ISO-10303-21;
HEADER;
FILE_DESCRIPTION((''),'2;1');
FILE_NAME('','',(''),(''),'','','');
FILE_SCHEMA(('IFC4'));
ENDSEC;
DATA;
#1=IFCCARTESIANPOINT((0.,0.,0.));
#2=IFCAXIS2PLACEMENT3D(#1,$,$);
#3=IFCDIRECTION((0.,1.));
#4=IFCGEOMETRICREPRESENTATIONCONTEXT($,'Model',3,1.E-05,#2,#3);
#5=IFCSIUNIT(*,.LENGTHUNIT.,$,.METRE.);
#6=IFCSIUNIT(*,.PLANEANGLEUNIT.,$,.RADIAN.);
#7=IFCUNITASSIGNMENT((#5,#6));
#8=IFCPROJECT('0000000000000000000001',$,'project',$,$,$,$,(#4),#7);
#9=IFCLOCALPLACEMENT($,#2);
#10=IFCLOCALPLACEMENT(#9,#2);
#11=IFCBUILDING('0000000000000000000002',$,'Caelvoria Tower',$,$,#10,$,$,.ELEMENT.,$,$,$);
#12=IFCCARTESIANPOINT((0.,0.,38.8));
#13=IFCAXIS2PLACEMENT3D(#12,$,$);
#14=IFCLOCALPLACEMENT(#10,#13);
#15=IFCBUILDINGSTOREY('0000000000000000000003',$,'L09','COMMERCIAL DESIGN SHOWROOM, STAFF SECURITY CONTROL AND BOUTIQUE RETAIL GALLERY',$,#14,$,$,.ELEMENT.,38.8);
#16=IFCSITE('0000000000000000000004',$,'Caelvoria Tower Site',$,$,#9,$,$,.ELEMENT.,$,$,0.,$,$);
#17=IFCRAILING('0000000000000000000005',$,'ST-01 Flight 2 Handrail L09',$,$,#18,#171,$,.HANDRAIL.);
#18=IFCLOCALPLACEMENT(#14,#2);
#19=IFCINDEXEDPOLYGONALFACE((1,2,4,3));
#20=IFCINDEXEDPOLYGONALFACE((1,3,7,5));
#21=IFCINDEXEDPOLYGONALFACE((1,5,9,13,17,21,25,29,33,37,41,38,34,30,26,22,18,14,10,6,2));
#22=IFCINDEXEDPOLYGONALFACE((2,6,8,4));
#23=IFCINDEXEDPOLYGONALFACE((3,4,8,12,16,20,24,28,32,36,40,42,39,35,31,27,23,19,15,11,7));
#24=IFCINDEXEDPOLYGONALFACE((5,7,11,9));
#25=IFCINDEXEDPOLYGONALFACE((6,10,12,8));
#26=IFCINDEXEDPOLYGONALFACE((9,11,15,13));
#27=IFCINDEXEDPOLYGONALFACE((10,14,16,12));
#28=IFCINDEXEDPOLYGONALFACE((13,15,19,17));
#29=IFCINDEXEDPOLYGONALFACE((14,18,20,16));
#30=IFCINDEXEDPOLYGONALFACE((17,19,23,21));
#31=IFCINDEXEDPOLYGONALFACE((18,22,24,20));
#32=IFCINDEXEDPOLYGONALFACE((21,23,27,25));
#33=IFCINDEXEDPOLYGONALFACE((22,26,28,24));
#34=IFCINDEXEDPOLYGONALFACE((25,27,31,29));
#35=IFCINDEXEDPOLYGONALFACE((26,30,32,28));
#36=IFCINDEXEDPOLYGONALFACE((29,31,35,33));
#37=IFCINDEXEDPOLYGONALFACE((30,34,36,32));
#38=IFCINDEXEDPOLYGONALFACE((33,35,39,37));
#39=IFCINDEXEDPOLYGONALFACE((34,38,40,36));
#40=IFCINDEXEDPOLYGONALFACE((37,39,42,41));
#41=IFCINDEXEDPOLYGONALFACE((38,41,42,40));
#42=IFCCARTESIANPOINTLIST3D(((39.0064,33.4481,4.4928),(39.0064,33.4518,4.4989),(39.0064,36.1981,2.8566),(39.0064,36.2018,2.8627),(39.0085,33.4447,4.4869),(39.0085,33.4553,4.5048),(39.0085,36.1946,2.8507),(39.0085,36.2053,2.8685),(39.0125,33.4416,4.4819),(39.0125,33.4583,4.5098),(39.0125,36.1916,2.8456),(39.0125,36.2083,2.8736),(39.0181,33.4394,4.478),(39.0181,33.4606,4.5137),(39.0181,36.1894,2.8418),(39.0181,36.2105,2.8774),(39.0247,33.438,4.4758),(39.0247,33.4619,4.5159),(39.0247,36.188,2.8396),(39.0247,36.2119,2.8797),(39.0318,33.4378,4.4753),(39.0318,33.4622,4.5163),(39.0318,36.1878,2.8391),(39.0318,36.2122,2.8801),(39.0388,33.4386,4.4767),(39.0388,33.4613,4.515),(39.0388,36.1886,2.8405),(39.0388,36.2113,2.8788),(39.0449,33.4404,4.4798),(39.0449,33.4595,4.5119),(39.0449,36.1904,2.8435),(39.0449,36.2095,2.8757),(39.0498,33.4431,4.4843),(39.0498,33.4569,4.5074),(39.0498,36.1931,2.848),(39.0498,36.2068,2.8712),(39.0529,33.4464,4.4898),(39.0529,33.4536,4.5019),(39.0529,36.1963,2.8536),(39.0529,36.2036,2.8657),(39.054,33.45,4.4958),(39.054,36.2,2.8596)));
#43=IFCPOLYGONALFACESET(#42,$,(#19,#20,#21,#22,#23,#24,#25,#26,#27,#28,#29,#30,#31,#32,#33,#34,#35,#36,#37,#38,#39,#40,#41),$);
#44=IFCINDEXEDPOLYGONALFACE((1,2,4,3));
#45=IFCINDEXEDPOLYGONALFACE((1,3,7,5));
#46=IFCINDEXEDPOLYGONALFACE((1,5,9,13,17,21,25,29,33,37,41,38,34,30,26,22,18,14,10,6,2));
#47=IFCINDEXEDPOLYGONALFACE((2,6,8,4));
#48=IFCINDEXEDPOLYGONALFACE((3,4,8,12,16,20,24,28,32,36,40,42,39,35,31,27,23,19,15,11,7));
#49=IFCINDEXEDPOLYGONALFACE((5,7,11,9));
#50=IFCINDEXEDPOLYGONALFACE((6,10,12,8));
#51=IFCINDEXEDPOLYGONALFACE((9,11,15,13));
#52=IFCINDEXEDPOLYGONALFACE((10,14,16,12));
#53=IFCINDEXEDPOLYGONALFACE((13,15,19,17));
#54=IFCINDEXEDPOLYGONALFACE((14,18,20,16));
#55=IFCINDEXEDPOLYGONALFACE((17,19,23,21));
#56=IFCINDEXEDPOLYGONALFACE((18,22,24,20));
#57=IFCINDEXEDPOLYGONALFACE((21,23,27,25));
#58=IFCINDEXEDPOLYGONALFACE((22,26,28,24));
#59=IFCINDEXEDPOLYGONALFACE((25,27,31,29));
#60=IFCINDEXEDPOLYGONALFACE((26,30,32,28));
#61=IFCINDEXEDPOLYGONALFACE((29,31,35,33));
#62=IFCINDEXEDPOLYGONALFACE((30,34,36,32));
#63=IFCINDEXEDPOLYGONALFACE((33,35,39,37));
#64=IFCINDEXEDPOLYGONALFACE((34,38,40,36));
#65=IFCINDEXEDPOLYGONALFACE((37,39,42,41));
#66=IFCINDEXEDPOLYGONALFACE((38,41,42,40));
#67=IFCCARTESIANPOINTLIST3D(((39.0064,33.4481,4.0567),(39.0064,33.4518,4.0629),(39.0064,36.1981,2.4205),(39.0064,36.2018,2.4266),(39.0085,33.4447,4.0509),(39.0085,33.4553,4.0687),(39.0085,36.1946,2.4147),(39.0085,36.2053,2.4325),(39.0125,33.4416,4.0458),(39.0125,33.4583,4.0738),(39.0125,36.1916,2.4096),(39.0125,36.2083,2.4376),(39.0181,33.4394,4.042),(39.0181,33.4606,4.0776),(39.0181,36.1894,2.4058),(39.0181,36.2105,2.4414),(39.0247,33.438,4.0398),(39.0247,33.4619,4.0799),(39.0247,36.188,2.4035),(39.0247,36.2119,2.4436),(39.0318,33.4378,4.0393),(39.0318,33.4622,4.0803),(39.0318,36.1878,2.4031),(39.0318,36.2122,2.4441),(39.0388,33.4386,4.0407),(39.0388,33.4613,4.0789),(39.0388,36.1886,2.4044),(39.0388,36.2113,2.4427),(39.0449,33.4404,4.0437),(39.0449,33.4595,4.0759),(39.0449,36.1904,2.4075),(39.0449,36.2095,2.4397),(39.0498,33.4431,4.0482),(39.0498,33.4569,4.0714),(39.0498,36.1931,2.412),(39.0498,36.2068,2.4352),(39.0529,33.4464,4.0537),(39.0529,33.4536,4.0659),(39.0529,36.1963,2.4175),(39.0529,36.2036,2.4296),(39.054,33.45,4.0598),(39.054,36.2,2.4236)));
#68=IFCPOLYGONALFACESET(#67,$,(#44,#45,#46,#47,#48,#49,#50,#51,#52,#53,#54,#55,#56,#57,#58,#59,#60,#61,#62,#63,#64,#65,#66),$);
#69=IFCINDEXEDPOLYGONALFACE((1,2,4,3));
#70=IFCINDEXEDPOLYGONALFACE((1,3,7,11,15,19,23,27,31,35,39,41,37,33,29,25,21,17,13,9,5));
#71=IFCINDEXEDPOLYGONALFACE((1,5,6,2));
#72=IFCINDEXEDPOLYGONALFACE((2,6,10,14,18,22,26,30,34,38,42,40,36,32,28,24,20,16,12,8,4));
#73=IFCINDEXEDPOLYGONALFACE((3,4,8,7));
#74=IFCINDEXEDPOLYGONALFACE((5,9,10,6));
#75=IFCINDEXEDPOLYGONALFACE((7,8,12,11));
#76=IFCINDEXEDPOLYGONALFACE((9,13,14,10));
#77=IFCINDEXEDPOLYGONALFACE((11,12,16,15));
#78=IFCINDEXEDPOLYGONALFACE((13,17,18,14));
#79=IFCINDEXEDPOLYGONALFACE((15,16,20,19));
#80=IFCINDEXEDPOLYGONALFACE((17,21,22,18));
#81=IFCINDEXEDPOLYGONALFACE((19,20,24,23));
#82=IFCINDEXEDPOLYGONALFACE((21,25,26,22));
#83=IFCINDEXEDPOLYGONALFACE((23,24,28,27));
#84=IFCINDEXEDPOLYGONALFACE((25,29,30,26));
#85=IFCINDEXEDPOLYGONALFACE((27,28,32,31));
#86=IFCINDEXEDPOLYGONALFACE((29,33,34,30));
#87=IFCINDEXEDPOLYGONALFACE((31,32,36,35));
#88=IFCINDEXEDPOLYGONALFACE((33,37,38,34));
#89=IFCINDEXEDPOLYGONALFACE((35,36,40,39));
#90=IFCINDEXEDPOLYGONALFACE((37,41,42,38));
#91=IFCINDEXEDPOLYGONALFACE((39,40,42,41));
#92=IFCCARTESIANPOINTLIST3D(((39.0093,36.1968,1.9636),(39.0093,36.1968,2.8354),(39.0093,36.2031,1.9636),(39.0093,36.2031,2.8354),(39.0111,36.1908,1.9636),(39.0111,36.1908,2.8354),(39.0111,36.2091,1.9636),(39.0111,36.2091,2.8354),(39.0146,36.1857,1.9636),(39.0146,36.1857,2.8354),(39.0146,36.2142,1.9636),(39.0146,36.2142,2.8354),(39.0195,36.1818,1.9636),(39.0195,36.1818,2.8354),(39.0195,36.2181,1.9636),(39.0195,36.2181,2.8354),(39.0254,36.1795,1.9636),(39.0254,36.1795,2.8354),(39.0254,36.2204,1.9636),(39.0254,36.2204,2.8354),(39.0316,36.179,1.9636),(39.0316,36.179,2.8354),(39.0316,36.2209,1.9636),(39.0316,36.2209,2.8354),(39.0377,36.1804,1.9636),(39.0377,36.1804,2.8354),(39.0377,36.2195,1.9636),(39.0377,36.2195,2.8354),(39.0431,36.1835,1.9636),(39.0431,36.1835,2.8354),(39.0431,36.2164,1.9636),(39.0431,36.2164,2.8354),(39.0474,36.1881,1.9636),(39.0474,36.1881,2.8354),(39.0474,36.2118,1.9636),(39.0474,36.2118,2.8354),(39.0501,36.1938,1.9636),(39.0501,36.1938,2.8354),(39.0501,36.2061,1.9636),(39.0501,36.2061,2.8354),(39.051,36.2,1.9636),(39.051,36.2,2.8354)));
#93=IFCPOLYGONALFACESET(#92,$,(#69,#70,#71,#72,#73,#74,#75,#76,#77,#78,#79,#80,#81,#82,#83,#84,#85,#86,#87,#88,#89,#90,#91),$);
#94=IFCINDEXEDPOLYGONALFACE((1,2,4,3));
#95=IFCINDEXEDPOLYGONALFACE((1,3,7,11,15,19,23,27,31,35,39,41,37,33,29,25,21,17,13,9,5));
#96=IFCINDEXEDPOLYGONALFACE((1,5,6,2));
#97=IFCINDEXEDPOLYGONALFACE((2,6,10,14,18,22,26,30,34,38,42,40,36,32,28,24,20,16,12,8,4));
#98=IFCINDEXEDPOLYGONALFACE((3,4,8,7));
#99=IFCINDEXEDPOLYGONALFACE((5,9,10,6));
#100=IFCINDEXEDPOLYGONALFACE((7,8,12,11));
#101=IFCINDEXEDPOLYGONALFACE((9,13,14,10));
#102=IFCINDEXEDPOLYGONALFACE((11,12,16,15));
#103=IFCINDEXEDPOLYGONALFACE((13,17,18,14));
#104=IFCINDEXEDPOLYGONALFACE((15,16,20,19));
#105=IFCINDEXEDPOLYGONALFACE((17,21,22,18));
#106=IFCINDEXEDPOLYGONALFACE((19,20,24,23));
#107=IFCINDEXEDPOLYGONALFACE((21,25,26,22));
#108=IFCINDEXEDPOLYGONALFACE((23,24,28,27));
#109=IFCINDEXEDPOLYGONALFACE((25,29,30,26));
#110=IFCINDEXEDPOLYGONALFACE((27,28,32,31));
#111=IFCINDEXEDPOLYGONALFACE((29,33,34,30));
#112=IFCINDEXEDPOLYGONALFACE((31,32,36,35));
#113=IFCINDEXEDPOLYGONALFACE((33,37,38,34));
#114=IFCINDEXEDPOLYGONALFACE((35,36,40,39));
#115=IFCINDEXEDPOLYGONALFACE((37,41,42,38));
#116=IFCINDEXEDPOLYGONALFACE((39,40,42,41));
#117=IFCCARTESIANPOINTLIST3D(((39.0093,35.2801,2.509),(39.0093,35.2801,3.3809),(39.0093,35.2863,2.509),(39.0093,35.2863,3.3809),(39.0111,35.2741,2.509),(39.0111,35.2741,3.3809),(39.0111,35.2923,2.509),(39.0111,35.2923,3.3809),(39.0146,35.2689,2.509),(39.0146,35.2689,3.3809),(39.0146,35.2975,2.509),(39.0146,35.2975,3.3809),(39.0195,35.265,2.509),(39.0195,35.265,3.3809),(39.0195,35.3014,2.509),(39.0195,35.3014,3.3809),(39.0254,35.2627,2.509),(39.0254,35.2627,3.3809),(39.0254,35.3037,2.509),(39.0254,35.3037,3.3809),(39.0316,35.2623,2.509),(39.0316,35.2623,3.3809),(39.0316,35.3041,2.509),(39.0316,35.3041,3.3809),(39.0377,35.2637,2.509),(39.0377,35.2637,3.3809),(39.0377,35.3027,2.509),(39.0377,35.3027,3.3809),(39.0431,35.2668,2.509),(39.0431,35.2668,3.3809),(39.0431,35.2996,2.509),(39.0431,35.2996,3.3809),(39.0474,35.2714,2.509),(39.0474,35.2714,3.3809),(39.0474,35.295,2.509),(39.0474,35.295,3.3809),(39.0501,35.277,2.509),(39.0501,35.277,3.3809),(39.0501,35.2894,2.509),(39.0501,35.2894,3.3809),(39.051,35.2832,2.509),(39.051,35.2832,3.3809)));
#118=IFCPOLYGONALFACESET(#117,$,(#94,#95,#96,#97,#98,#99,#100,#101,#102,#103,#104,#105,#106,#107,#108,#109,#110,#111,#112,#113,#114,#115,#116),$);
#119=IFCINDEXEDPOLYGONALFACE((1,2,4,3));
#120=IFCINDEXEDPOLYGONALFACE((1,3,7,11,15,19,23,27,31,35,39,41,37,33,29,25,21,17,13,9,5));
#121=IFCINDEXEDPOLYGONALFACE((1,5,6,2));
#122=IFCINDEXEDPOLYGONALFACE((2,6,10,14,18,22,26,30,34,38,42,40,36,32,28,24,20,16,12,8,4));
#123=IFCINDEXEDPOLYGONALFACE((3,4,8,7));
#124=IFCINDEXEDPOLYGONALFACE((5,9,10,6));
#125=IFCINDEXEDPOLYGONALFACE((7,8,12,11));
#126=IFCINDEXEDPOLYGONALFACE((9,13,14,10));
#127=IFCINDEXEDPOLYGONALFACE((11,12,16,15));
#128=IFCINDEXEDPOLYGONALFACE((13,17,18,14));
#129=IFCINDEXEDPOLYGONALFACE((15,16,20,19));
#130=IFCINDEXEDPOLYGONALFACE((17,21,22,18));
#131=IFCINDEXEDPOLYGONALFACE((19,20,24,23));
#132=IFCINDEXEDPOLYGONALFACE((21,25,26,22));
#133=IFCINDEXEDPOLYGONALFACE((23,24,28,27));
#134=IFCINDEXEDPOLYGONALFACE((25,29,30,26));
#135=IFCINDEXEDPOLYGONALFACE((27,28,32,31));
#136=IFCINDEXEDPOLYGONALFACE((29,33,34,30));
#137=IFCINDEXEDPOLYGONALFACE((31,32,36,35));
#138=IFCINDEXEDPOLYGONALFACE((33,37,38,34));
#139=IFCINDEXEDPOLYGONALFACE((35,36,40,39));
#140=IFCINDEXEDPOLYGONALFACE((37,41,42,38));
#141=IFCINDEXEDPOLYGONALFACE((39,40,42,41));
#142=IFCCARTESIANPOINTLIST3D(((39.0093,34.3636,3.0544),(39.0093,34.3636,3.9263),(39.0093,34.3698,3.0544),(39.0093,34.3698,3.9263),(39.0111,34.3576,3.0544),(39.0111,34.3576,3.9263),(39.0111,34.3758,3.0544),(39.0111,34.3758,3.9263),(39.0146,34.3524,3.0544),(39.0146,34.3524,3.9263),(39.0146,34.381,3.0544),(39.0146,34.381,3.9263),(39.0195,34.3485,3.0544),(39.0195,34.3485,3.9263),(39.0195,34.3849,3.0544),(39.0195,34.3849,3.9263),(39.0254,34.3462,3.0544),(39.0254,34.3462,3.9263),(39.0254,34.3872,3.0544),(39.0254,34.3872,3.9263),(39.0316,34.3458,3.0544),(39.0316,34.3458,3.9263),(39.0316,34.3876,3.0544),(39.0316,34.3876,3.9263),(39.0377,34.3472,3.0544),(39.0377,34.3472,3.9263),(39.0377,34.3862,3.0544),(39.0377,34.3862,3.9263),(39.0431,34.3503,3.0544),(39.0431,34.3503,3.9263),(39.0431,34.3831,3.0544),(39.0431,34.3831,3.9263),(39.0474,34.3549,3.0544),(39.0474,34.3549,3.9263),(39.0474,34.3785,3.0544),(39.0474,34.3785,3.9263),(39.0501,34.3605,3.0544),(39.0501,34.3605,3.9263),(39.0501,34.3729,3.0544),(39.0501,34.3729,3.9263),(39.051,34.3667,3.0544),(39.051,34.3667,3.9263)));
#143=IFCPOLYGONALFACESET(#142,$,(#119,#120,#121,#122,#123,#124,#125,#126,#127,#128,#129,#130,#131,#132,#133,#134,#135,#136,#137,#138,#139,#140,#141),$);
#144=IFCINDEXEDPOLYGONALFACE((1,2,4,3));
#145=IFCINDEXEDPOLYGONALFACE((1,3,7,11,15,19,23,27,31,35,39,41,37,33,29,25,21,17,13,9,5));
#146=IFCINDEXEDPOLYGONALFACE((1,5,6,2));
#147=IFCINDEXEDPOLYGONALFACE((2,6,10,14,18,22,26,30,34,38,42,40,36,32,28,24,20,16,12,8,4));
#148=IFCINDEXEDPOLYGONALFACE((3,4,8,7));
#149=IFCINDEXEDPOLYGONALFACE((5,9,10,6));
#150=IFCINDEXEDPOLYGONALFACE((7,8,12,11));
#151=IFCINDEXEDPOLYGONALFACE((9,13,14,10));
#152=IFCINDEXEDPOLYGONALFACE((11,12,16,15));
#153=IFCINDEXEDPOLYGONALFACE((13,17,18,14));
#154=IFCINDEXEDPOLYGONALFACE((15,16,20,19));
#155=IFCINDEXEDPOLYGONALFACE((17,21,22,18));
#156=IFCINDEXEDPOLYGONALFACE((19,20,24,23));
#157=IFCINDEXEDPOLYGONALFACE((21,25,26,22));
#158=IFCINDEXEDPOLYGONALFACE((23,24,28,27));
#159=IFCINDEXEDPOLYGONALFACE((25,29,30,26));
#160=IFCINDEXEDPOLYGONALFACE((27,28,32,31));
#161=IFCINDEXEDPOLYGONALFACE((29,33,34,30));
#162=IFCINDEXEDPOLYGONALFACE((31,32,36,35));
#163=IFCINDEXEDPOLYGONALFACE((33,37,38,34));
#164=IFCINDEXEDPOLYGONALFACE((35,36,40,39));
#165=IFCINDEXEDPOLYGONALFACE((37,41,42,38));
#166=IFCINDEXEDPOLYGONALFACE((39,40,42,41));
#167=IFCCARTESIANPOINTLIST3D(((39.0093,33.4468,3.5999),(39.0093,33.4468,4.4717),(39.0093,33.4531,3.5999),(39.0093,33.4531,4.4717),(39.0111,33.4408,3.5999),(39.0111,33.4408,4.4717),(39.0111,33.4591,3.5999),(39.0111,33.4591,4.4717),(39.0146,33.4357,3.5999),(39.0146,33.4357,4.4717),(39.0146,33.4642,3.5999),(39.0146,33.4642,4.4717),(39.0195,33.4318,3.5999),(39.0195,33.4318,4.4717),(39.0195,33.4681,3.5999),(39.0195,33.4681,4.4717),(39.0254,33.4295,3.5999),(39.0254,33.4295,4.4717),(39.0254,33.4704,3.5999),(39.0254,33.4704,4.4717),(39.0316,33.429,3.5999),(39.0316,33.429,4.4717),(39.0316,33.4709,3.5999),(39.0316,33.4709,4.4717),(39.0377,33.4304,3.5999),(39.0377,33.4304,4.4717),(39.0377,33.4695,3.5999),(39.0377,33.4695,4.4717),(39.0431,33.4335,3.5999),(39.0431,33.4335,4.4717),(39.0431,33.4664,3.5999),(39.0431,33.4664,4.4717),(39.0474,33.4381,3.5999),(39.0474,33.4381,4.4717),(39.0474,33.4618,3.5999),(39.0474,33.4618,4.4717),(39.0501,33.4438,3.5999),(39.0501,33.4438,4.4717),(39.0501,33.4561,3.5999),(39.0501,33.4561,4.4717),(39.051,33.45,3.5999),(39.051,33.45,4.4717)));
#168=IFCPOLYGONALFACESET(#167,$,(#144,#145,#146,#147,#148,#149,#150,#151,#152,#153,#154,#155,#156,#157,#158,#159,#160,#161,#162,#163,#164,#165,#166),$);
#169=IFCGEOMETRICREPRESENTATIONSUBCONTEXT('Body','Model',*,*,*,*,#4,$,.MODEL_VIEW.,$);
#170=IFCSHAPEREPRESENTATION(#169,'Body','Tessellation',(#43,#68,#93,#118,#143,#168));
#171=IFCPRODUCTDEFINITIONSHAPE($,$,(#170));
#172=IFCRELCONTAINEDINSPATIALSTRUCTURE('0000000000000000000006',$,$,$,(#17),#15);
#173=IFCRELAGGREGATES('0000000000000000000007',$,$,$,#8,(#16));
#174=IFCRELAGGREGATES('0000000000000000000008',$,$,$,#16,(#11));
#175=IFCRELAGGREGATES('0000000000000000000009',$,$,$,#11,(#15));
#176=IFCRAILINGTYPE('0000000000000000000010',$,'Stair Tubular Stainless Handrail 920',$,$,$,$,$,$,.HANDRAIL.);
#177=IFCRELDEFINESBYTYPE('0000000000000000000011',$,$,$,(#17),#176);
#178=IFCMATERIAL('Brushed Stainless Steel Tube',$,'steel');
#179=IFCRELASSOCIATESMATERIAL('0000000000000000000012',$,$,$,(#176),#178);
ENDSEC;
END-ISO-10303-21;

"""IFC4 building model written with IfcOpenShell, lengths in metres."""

from ifc_helpers import new_model, si_unit, direction, frame, origin, origin_2d, place, context, subcontext, project, spatial, circle, extrude, material, type_object, element, save


model = new_model("IFC4")

# Units and contexts
model_context = context("Model", 3, precision=1e-05, world=origin(), true_north=direction((0.0, 1.0)))
body_context = subcontext(model_context, "Body", "Model", "MODEL_VIEW")
ifc_project = project(units=[si_unit("LENGTHUNIT", "METRE"), si_unit("PLANEANGLEUNIT", "RADIAN")], contexts=[model_context])

# Site, building, storey
site_placement = place(None, origin())
site = spatial("IfcSite", under=ifc_project, at=site_placement, Name="Caelvoria Tower Site", CompositionType="ELEMENT", RefElevation=0.0)
building_placement = place(site_placement, origin())
building = spatial("IfcBuilding", under=site, at=building_placement, Name="Caelvoria Tower", CompositionType="ELEMENT")
storey_placement = place(building_placement, frame((0.0, 0.0, 38.8)))
storey = spatial("IfcBuildingStorey", under=building, at=storey_placement, Name="L09", Description="COMMERCIAL DESIGN SHOWROOM, STAFF SECURITY CONTROL AND BOUTIQUE RETAIL GALLERY", CompositionType="ELEMENT", Elevation=38.8)

# Railing
ifc_material_1 = material(Name="Brushed Stainless Steel Tube", Category="steel")
railing_type_1 = type_object("IfcRailingType", Name="Stair Tubular Stainless Handrail 920", PredefinedType="HANDRAIL", material=ifc_material_1)
railing_1_placement = place(storey_placement, frame((39.03, 36.2, 1.9636)))
element("IfcRailing", 1, at=railing_1_placement, inside=storey, type_object=railing_type_1, Name="ST-01 Flight 2 Handrail L09", PredefinedType="HANDRAIL", context=body_context, shape_type="SweptSolid", body=[
    extrude(circle(Radius=0.0239, at=origin_2d()), frame((0.0, 0.0, 0.896), z_axis=(0.0, -0.859385, 0.511328), x_axis=(1.0, 0.0, 0.0)), (0.0, 0.0, 1.0), 3.2),
    extrude(circle(Radius=0.0239, at=origin_2d()), frame((0.0, 0.0, 0.46), z_axis=(0.0, -0.859385, 0.511328), x_axis=(1.0, 0.0, 0.0)), (0.0, 0.0, 1.0), 3.2),
    extrude(circle(Radius=0.021, at=origin_2d()), origin(), (0.0, 0.0, 1.0), 0.8718),
    extrude(circle(Radius=0.021, at=origin_2d()), frame((0.0, -0.9167, 0.5454)), (0.0, 0.0, 1.0), 0.8718),
    extrude(circle(Radius=0.021, at=origin_2d()), frame((0.0, -1.8333, 1.0908)), (0.0, 0.0, 1.0), 0.8718),
    extrude(circle(Radius=0.021, at=origin_2d()), frame((0.0, -2.75, 1.6362)), (0.0, 0.0, 1.0), 0.8718),
])

save(model, "model.ifc")
